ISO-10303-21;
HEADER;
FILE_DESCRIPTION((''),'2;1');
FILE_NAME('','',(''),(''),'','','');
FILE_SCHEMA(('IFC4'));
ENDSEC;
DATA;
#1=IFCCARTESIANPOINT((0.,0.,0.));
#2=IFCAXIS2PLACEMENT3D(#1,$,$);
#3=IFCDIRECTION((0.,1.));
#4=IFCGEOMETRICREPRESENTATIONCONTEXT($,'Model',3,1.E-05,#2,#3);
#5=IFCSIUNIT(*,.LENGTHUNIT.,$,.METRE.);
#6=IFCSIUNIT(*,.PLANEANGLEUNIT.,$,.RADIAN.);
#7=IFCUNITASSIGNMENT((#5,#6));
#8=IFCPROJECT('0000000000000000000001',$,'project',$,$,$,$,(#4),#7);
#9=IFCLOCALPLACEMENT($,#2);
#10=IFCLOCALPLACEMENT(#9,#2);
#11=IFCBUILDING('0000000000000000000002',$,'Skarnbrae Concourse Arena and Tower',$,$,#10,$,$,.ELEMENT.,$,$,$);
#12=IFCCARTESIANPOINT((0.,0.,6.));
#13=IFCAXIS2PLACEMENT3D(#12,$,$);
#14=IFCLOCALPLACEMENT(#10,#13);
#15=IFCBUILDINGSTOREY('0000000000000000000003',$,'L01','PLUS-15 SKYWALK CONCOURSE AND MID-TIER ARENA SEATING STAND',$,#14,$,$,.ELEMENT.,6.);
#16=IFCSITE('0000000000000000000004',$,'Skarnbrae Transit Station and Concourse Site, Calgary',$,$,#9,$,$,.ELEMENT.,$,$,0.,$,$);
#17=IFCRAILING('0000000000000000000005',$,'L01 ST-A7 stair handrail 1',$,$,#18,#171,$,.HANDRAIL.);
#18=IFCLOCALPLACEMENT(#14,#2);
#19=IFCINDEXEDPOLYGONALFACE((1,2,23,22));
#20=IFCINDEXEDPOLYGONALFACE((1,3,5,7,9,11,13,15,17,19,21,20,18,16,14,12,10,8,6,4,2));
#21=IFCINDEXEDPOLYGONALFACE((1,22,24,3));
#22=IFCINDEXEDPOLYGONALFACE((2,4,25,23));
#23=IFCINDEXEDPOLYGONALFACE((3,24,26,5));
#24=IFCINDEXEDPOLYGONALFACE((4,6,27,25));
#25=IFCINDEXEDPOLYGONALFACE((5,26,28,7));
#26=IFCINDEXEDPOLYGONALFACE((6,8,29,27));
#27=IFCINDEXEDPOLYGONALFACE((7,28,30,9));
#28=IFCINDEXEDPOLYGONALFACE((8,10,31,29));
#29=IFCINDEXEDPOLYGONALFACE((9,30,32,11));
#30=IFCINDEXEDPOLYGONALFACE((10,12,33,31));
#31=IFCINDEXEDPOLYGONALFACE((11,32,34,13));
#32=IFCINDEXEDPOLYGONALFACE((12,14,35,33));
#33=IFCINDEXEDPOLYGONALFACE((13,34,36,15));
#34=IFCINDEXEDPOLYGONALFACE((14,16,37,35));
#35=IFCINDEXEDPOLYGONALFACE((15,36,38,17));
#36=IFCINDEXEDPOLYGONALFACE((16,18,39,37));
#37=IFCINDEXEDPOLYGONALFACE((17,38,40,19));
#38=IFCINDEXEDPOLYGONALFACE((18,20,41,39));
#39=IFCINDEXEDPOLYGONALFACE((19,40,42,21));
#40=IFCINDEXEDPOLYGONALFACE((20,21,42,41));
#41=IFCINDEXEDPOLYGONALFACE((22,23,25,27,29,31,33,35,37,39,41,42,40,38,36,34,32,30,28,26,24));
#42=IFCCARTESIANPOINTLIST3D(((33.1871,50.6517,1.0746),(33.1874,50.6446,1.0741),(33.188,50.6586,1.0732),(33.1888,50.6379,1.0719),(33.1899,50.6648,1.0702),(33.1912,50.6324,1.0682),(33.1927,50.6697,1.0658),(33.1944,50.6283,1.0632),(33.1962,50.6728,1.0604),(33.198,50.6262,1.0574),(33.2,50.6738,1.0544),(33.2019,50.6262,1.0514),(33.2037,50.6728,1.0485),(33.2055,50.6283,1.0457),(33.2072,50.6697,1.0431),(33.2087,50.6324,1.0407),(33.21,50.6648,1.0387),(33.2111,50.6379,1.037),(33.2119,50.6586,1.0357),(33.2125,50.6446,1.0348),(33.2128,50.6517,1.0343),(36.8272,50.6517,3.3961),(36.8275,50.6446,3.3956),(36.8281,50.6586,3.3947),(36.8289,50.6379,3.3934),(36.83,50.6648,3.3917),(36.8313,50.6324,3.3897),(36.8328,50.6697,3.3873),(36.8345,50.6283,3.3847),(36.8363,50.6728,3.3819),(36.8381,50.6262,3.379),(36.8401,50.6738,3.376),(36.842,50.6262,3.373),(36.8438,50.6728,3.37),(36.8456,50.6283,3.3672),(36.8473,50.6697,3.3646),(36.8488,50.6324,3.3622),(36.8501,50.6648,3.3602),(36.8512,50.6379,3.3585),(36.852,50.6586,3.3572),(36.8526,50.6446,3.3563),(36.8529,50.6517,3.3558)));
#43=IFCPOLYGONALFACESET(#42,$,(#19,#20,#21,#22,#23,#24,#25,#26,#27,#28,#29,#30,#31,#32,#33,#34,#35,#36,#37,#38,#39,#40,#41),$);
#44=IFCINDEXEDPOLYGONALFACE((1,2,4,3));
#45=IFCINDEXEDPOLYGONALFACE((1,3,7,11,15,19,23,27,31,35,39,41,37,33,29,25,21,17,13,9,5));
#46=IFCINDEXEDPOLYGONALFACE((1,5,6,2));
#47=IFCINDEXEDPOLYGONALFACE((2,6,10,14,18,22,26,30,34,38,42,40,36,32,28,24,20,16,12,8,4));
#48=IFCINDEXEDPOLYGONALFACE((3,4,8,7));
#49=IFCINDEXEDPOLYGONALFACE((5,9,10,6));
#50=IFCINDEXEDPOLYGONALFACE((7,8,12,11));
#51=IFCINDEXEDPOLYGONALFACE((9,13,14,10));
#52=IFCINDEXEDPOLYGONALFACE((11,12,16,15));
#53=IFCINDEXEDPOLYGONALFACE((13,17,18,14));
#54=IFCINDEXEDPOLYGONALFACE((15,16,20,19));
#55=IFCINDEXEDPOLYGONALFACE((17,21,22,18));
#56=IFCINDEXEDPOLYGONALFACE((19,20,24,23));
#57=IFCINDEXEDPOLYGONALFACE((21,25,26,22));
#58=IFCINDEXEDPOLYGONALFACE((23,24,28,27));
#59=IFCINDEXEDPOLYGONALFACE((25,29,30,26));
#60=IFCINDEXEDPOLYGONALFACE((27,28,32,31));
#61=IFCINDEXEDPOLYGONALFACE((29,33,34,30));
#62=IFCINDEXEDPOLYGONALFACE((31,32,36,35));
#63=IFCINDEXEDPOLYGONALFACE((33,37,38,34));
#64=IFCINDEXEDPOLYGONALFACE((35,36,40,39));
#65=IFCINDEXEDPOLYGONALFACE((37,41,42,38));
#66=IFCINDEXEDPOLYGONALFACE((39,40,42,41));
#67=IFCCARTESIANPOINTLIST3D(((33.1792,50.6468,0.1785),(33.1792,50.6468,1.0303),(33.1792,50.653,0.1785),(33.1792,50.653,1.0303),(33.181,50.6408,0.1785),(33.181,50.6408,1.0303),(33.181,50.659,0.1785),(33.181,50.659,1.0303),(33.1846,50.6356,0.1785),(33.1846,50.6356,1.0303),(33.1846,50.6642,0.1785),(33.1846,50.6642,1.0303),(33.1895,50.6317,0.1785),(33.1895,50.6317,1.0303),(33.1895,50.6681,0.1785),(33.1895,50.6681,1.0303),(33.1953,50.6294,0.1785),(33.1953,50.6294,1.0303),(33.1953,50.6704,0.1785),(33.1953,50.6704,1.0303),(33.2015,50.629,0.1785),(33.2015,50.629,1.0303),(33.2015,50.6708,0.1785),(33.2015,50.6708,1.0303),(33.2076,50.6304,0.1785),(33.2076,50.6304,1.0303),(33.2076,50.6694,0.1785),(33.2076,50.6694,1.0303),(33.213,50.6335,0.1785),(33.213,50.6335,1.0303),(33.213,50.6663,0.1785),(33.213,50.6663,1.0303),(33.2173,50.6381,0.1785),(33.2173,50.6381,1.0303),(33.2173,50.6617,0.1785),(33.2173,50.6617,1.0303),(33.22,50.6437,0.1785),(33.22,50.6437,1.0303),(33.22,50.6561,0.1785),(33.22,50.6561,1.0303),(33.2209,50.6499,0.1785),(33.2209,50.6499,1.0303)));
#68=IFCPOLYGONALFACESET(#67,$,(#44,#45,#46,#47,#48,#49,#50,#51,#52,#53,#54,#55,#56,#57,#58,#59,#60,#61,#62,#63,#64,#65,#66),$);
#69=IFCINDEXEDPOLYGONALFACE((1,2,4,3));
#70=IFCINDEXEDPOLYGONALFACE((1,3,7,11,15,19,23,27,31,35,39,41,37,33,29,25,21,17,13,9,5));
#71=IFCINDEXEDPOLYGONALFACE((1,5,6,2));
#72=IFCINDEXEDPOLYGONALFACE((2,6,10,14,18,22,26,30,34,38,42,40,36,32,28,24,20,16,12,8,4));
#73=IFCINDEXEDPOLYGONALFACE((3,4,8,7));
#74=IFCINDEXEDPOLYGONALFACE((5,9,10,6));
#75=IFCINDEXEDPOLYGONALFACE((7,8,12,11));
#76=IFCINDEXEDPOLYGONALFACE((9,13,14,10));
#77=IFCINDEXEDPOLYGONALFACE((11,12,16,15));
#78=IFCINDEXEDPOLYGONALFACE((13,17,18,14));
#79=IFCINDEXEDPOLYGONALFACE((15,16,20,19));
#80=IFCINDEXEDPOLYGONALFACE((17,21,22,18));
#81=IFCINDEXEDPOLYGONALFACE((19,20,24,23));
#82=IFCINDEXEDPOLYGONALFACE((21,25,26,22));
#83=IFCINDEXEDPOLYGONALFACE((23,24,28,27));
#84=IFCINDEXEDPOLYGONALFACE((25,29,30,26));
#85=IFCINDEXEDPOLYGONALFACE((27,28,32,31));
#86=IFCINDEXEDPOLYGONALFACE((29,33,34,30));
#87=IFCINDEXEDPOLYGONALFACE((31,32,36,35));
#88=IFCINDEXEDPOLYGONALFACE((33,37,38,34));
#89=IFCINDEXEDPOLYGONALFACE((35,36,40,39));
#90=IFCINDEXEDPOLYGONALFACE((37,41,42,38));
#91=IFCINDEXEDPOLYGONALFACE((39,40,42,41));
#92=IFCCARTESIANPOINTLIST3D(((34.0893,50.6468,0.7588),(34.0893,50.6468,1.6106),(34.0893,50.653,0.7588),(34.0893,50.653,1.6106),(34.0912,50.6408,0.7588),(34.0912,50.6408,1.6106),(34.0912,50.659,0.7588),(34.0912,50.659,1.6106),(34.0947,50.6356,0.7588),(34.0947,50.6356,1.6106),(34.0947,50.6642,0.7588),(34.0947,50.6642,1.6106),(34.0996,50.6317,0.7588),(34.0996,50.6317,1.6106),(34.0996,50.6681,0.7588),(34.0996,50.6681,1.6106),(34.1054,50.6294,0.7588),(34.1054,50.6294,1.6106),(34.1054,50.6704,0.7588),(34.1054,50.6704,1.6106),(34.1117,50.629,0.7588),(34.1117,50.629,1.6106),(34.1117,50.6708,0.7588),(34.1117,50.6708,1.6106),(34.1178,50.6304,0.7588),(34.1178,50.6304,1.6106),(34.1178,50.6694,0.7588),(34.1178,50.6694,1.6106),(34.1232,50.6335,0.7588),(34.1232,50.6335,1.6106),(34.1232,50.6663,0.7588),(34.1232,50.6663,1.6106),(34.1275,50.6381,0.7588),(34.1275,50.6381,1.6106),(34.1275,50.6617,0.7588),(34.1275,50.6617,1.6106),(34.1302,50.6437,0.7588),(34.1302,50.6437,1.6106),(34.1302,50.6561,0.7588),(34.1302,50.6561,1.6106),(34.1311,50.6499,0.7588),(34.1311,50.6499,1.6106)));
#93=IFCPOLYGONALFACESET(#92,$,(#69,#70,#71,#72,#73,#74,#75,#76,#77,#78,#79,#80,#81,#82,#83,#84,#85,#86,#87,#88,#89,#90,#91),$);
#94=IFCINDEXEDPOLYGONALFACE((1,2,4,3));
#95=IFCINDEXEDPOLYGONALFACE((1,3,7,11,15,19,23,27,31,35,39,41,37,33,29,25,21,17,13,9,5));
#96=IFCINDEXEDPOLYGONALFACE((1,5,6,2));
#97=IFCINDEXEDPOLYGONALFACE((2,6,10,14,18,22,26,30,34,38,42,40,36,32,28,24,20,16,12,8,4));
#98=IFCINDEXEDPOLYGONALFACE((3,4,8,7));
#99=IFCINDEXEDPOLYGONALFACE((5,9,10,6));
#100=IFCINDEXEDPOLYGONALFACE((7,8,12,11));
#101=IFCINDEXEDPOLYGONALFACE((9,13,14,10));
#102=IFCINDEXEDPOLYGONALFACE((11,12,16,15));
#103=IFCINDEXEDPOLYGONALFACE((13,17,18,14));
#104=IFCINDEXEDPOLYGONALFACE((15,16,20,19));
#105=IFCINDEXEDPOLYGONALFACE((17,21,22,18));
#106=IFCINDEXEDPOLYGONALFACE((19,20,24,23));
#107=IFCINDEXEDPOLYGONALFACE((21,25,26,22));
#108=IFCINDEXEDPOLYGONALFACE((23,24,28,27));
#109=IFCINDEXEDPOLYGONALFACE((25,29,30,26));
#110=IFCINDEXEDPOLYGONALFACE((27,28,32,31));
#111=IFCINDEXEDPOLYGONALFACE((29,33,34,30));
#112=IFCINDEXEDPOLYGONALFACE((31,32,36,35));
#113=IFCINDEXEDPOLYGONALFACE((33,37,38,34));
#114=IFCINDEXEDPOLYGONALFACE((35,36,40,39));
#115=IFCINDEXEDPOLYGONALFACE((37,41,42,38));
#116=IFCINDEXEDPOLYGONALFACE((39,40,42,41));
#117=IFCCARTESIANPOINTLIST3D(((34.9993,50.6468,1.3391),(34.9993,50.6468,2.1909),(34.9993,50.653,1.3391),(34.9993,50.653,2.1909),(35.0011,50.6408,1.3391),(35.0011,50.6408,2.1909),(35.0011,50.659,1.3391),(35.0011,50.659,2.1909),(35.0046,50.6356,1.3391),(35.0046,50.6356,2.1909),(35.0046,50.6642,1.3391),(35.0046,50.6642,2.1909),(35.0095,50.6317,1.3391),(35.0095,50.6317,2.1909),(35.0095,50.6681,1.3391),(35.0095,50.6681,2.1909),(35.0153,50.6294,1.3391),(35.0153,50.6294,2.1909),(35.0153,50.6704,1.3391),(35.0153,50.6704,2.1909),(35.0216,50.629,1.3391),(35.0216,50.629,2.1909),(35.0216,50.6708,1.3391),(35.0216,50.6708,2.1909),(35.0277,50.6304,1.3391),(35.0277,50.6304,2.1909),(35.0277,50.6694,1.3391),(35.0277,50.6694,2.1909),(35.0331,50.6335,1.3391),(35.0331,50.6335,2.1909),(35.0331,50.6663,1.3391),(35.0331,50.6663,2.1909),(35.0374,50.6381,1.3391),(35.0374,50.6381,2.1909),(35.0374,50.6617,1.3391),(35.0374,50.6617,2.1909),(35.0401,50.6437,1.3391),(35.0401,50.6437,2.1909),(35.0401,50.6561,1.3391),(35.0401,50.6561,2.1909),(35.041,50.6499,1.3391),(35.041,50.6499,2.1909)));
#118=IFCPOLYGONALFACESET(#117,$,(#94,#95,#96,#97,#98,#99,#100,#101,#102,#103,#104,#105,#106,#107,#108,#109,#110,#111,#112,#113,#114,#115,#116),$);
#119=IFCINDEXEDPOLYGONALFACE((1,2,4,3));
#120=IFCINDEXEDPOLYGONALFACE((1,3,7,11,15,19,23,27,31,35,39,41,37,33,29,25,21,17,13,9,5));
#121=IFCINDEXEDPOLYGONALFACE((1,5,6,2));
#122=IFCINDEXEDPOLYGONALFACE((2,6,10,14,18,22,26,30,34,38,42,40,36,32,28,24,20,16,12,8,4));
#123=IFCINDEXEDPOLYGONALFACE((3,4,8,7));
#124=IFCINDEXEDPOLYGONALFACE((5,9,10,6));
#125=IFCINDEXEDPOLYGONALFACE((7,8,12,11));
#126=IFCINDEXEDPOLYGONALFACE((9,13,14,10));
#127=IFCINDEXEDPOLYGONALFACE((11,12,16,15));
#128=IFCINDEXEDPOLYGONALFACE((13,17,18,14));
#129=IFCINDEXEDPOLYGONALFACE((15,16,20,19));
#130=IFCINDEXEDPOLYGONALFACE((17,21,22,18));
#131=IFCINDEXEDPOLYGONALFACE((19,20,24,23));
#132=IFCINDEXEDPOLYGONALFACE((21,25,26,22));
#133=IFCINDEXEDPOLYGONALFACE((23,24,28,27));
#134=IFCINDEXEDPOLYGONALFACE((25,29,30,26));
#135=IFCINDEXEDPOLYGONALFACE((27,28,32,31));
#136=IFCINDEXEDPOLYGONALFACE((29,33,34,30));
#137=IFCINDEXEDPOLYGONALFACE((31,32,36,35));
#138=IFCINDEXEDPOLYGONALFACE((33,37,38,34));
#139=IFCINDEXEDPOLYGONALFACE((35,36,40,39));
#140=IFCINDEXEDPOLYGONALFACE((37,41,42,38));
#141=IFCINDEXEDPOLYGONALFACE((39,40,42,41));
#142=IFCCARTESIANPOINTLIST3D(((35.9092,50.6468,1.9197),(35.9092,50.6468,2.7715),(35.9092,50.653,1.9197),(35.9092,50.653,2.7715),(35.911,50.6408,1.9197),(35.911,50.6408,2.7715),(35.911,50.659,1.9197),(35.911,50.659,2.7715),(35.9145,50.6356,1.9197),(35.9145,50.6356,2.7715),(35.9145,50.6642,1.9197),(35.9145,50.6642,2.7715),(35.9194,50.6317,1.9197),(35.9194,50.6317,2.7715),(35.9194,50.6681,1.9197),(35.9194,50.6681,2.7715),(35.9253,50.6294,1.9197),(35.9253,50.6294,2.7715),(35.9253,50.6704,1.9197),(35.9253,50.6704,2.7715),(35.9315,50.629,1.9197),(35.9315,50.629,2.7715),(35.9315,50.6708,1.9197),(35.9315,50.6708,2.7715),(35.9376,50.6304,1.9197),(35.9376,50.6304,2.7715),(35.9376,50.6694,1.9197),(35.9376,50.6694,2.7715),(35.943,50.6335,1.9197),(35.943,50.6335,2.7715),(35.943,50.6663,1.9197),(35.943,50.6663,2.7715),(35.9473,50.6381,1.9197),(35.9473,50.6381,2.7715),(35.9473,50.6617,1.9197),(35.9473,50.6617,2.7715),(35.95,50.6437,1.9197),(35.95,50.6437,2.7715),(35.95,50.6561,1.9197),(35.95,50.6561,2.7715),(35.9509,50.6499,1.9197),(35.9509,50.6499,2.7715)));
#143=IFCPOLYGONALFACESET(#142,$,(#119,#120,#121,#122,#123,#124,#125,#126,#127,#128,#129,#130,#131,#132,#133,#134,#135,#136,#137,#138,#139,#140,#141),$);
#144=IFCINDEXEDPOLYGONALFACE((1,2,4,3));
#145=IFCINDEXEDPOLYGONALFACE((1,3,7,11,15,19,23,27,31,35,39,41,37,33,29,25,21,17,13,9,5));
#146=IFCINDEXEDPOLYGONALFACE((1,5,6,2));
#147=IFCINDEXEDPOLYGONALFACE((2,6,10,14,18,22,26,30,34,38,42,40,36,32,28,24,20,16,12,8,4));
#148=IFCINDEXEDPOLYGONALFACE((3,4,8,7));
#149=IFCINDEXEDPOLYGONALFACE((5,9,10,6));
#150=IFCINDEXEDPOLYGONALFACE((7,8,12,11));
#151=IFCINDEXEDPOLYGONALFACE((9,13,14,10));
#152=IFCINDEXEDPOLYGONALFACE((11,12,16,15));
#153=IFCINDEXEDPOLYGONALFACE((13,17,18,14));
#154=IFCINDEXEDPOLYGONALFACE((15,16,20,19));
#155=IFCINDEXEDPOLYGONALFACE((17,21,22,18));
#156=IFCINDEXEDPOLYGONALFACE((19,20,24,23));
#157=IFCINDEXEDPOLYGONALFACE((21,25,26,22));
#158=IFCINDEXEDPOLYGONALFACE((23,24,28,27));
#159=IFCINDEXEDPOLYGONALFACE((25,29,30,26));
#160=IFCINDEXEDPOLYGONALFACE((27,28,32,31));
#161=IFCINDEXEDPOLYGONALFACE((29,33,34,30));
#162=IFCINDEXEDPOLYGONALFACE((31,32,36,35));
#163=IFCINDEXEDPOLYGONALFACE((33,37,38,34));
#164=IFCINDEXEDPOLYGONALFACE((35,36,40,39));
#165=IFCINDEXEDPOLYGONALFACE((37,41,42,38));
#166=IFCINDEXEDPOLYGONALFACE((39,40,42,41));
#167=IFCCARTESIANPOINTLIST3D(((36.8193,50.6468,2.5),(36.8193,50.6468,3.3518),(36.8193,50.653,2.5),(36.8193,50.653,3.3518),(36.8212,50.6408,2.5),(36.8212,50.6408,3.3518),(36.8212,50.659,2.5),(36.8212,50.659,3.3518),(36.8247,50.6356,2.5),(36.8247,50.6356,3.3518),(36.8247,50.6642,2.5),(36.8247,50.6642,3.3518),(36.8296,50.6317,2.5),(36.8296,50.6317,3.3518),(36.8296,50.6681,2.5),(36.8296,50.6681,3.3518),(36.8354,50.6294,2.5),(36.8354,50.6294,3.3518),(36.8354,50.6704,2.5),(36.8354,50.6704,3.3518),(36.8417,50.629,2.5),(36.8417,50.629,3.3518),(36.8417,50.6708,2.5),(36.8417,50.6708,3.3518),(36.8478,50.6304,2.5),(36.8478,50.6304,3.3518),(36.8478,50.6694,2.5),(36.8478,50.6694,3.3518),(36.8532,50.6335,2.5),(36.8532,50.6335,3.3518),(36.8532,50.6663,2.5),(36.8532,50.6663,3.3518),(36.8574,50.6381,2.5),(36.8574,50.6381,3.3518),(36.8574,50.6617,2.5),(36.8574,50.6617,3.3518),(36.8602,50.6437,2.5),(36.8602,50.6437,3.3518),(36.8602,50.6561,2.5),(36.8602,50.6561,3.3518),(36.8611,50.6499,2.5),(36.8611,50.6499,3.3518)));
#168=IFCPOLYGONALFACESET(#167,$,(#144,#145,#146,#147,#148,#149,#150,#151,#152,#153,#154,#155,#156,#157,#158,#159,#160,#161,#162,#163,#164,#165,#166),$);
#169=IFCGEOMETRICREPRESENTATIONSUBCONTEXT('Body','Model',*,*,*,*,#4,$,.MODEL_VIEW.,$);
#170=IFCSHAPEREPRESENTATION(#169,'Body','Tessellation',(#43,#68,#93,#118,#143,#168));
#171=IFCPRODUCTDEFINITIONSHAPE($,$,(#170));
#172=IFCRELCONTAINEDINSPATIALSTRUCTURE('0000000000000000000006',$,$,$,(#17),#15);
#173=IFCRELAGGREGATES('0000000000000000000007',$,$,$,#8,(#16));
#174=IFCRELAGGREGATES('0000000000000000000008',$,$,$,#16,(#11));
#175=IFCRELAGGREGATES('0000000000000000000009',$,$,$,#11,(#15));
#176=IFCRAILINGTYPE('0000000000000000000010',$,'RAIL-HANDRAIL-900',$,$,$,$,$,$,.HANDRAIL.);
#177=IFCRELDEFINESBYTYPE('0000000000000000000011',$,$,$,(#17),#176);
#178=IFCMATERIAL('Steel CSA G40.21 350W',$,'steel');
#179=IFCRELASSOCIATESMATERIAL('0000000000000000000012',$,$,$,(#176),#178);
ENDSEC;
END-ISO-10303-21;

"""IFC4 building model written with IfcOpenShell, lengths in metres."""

from ifc_helpers import new_model, si_unit, direction, frame, origin, origin_2d, place, context, subcontext, project, spatial, circle, extrude, material, type_object, element, save


model = new_model("IFC4")

# Units and contexts
model_context = context("Model", 3, precision=1e-05, world=origin(), true_north=direction((0.0, 1.0)))
body_context = subcontext(model_context, "Body", "Model", "MODEL_VIEW")
ifc_project = project(units=[si_unit("LENGTHUNIT", "METRE"), si_unit("PLANEANGLEUNIT", "RADIAN")], contexts=[model_context])

# Site, building, storey
site_placement = place(None, origin())
site = spatial("IfcSite", under=ifc_project, at=site_placement, Name="Skarnbrae Transit Station and Concourse Site, Calgary", CompositionType="ELEMENT", RefElevation=0.0)
building_placement = place(site_placement, origin())
building = spatial("IfcBuilding", under=site, at=building_placement, Name="Skarnbrae Concourse Arena and Tower", CompositionType="ELEMENT")
storey_placement = place(building_placement, frame((0.0, 0.0, 6.0)))
storey = spatial("IfcBuildingStorey", under=building, at=storey_placement, Name="L01", Description="PLUS-15 SKYWALK CONCOURSE AND MID-TIER ARENA SEATING STAND", CompositionType="ELEMENT", Elevation=6.0)

# Shared definitions
ifc_material_1 = material(Name="Steel CSA G40.21 350W", Category="steel")

# Railing
railing_type_1 = type_object("IfcRailingType", Name="RAIL-HANDRAIL-900", PredefinedType="HANDRAIL", material=ifc_material_1)
railing_1_placement = place(storey_placement, frame((33.2, 50.6499, 0.1785)))
element("IfcRailing", 1, at=railing_1_placement, inside=storey, type_object=railing_type_1, Name="L01 ST-A7 stair handrail 1", PredefinedType="HANDRAIL", context=body_context, shape_type="SweptSolid", body=[
    extrude(circle(Radius=0.0239, at=origin_2d()), frame((0.0, 0.0, 0.876), z_axis=(0.843128, 0.0, 0.537713), x_axis=(0.0, 1.0, 0.0)), (0.0, 0.0, 1.0), 4.3174),
    extrude(circle(Radius=0.021, at=origin_2d()), origin(), (0.0, 0.0, 1.0), 0.8518),
    extrude(circle(Radius=0.021, at=origin_2d()), frame((0.9102, 0.0, 0.5803)), (0.0, 0.0, 1.0), 0.8518),
    extrude(circle(Radius=0.021, at=origin_2d()), frame((1.8201, 0.0, 1.1606)), (0.0, 0.0, 1.0), 0.8518),
    extrude(circle(Radius=0.021, at=origin_2d()), frame((2.73, 0.0, 1.7412)), (0.0, 0.0, 1.0), 0.8518),
    extrude(circle(Radius=0.021, at=origin_2d()), frame((3.6401, 0.0, 2.3215)), (0.0, 0.0, 1.0), 0.8518),
])

save(model, "model.ifc")
